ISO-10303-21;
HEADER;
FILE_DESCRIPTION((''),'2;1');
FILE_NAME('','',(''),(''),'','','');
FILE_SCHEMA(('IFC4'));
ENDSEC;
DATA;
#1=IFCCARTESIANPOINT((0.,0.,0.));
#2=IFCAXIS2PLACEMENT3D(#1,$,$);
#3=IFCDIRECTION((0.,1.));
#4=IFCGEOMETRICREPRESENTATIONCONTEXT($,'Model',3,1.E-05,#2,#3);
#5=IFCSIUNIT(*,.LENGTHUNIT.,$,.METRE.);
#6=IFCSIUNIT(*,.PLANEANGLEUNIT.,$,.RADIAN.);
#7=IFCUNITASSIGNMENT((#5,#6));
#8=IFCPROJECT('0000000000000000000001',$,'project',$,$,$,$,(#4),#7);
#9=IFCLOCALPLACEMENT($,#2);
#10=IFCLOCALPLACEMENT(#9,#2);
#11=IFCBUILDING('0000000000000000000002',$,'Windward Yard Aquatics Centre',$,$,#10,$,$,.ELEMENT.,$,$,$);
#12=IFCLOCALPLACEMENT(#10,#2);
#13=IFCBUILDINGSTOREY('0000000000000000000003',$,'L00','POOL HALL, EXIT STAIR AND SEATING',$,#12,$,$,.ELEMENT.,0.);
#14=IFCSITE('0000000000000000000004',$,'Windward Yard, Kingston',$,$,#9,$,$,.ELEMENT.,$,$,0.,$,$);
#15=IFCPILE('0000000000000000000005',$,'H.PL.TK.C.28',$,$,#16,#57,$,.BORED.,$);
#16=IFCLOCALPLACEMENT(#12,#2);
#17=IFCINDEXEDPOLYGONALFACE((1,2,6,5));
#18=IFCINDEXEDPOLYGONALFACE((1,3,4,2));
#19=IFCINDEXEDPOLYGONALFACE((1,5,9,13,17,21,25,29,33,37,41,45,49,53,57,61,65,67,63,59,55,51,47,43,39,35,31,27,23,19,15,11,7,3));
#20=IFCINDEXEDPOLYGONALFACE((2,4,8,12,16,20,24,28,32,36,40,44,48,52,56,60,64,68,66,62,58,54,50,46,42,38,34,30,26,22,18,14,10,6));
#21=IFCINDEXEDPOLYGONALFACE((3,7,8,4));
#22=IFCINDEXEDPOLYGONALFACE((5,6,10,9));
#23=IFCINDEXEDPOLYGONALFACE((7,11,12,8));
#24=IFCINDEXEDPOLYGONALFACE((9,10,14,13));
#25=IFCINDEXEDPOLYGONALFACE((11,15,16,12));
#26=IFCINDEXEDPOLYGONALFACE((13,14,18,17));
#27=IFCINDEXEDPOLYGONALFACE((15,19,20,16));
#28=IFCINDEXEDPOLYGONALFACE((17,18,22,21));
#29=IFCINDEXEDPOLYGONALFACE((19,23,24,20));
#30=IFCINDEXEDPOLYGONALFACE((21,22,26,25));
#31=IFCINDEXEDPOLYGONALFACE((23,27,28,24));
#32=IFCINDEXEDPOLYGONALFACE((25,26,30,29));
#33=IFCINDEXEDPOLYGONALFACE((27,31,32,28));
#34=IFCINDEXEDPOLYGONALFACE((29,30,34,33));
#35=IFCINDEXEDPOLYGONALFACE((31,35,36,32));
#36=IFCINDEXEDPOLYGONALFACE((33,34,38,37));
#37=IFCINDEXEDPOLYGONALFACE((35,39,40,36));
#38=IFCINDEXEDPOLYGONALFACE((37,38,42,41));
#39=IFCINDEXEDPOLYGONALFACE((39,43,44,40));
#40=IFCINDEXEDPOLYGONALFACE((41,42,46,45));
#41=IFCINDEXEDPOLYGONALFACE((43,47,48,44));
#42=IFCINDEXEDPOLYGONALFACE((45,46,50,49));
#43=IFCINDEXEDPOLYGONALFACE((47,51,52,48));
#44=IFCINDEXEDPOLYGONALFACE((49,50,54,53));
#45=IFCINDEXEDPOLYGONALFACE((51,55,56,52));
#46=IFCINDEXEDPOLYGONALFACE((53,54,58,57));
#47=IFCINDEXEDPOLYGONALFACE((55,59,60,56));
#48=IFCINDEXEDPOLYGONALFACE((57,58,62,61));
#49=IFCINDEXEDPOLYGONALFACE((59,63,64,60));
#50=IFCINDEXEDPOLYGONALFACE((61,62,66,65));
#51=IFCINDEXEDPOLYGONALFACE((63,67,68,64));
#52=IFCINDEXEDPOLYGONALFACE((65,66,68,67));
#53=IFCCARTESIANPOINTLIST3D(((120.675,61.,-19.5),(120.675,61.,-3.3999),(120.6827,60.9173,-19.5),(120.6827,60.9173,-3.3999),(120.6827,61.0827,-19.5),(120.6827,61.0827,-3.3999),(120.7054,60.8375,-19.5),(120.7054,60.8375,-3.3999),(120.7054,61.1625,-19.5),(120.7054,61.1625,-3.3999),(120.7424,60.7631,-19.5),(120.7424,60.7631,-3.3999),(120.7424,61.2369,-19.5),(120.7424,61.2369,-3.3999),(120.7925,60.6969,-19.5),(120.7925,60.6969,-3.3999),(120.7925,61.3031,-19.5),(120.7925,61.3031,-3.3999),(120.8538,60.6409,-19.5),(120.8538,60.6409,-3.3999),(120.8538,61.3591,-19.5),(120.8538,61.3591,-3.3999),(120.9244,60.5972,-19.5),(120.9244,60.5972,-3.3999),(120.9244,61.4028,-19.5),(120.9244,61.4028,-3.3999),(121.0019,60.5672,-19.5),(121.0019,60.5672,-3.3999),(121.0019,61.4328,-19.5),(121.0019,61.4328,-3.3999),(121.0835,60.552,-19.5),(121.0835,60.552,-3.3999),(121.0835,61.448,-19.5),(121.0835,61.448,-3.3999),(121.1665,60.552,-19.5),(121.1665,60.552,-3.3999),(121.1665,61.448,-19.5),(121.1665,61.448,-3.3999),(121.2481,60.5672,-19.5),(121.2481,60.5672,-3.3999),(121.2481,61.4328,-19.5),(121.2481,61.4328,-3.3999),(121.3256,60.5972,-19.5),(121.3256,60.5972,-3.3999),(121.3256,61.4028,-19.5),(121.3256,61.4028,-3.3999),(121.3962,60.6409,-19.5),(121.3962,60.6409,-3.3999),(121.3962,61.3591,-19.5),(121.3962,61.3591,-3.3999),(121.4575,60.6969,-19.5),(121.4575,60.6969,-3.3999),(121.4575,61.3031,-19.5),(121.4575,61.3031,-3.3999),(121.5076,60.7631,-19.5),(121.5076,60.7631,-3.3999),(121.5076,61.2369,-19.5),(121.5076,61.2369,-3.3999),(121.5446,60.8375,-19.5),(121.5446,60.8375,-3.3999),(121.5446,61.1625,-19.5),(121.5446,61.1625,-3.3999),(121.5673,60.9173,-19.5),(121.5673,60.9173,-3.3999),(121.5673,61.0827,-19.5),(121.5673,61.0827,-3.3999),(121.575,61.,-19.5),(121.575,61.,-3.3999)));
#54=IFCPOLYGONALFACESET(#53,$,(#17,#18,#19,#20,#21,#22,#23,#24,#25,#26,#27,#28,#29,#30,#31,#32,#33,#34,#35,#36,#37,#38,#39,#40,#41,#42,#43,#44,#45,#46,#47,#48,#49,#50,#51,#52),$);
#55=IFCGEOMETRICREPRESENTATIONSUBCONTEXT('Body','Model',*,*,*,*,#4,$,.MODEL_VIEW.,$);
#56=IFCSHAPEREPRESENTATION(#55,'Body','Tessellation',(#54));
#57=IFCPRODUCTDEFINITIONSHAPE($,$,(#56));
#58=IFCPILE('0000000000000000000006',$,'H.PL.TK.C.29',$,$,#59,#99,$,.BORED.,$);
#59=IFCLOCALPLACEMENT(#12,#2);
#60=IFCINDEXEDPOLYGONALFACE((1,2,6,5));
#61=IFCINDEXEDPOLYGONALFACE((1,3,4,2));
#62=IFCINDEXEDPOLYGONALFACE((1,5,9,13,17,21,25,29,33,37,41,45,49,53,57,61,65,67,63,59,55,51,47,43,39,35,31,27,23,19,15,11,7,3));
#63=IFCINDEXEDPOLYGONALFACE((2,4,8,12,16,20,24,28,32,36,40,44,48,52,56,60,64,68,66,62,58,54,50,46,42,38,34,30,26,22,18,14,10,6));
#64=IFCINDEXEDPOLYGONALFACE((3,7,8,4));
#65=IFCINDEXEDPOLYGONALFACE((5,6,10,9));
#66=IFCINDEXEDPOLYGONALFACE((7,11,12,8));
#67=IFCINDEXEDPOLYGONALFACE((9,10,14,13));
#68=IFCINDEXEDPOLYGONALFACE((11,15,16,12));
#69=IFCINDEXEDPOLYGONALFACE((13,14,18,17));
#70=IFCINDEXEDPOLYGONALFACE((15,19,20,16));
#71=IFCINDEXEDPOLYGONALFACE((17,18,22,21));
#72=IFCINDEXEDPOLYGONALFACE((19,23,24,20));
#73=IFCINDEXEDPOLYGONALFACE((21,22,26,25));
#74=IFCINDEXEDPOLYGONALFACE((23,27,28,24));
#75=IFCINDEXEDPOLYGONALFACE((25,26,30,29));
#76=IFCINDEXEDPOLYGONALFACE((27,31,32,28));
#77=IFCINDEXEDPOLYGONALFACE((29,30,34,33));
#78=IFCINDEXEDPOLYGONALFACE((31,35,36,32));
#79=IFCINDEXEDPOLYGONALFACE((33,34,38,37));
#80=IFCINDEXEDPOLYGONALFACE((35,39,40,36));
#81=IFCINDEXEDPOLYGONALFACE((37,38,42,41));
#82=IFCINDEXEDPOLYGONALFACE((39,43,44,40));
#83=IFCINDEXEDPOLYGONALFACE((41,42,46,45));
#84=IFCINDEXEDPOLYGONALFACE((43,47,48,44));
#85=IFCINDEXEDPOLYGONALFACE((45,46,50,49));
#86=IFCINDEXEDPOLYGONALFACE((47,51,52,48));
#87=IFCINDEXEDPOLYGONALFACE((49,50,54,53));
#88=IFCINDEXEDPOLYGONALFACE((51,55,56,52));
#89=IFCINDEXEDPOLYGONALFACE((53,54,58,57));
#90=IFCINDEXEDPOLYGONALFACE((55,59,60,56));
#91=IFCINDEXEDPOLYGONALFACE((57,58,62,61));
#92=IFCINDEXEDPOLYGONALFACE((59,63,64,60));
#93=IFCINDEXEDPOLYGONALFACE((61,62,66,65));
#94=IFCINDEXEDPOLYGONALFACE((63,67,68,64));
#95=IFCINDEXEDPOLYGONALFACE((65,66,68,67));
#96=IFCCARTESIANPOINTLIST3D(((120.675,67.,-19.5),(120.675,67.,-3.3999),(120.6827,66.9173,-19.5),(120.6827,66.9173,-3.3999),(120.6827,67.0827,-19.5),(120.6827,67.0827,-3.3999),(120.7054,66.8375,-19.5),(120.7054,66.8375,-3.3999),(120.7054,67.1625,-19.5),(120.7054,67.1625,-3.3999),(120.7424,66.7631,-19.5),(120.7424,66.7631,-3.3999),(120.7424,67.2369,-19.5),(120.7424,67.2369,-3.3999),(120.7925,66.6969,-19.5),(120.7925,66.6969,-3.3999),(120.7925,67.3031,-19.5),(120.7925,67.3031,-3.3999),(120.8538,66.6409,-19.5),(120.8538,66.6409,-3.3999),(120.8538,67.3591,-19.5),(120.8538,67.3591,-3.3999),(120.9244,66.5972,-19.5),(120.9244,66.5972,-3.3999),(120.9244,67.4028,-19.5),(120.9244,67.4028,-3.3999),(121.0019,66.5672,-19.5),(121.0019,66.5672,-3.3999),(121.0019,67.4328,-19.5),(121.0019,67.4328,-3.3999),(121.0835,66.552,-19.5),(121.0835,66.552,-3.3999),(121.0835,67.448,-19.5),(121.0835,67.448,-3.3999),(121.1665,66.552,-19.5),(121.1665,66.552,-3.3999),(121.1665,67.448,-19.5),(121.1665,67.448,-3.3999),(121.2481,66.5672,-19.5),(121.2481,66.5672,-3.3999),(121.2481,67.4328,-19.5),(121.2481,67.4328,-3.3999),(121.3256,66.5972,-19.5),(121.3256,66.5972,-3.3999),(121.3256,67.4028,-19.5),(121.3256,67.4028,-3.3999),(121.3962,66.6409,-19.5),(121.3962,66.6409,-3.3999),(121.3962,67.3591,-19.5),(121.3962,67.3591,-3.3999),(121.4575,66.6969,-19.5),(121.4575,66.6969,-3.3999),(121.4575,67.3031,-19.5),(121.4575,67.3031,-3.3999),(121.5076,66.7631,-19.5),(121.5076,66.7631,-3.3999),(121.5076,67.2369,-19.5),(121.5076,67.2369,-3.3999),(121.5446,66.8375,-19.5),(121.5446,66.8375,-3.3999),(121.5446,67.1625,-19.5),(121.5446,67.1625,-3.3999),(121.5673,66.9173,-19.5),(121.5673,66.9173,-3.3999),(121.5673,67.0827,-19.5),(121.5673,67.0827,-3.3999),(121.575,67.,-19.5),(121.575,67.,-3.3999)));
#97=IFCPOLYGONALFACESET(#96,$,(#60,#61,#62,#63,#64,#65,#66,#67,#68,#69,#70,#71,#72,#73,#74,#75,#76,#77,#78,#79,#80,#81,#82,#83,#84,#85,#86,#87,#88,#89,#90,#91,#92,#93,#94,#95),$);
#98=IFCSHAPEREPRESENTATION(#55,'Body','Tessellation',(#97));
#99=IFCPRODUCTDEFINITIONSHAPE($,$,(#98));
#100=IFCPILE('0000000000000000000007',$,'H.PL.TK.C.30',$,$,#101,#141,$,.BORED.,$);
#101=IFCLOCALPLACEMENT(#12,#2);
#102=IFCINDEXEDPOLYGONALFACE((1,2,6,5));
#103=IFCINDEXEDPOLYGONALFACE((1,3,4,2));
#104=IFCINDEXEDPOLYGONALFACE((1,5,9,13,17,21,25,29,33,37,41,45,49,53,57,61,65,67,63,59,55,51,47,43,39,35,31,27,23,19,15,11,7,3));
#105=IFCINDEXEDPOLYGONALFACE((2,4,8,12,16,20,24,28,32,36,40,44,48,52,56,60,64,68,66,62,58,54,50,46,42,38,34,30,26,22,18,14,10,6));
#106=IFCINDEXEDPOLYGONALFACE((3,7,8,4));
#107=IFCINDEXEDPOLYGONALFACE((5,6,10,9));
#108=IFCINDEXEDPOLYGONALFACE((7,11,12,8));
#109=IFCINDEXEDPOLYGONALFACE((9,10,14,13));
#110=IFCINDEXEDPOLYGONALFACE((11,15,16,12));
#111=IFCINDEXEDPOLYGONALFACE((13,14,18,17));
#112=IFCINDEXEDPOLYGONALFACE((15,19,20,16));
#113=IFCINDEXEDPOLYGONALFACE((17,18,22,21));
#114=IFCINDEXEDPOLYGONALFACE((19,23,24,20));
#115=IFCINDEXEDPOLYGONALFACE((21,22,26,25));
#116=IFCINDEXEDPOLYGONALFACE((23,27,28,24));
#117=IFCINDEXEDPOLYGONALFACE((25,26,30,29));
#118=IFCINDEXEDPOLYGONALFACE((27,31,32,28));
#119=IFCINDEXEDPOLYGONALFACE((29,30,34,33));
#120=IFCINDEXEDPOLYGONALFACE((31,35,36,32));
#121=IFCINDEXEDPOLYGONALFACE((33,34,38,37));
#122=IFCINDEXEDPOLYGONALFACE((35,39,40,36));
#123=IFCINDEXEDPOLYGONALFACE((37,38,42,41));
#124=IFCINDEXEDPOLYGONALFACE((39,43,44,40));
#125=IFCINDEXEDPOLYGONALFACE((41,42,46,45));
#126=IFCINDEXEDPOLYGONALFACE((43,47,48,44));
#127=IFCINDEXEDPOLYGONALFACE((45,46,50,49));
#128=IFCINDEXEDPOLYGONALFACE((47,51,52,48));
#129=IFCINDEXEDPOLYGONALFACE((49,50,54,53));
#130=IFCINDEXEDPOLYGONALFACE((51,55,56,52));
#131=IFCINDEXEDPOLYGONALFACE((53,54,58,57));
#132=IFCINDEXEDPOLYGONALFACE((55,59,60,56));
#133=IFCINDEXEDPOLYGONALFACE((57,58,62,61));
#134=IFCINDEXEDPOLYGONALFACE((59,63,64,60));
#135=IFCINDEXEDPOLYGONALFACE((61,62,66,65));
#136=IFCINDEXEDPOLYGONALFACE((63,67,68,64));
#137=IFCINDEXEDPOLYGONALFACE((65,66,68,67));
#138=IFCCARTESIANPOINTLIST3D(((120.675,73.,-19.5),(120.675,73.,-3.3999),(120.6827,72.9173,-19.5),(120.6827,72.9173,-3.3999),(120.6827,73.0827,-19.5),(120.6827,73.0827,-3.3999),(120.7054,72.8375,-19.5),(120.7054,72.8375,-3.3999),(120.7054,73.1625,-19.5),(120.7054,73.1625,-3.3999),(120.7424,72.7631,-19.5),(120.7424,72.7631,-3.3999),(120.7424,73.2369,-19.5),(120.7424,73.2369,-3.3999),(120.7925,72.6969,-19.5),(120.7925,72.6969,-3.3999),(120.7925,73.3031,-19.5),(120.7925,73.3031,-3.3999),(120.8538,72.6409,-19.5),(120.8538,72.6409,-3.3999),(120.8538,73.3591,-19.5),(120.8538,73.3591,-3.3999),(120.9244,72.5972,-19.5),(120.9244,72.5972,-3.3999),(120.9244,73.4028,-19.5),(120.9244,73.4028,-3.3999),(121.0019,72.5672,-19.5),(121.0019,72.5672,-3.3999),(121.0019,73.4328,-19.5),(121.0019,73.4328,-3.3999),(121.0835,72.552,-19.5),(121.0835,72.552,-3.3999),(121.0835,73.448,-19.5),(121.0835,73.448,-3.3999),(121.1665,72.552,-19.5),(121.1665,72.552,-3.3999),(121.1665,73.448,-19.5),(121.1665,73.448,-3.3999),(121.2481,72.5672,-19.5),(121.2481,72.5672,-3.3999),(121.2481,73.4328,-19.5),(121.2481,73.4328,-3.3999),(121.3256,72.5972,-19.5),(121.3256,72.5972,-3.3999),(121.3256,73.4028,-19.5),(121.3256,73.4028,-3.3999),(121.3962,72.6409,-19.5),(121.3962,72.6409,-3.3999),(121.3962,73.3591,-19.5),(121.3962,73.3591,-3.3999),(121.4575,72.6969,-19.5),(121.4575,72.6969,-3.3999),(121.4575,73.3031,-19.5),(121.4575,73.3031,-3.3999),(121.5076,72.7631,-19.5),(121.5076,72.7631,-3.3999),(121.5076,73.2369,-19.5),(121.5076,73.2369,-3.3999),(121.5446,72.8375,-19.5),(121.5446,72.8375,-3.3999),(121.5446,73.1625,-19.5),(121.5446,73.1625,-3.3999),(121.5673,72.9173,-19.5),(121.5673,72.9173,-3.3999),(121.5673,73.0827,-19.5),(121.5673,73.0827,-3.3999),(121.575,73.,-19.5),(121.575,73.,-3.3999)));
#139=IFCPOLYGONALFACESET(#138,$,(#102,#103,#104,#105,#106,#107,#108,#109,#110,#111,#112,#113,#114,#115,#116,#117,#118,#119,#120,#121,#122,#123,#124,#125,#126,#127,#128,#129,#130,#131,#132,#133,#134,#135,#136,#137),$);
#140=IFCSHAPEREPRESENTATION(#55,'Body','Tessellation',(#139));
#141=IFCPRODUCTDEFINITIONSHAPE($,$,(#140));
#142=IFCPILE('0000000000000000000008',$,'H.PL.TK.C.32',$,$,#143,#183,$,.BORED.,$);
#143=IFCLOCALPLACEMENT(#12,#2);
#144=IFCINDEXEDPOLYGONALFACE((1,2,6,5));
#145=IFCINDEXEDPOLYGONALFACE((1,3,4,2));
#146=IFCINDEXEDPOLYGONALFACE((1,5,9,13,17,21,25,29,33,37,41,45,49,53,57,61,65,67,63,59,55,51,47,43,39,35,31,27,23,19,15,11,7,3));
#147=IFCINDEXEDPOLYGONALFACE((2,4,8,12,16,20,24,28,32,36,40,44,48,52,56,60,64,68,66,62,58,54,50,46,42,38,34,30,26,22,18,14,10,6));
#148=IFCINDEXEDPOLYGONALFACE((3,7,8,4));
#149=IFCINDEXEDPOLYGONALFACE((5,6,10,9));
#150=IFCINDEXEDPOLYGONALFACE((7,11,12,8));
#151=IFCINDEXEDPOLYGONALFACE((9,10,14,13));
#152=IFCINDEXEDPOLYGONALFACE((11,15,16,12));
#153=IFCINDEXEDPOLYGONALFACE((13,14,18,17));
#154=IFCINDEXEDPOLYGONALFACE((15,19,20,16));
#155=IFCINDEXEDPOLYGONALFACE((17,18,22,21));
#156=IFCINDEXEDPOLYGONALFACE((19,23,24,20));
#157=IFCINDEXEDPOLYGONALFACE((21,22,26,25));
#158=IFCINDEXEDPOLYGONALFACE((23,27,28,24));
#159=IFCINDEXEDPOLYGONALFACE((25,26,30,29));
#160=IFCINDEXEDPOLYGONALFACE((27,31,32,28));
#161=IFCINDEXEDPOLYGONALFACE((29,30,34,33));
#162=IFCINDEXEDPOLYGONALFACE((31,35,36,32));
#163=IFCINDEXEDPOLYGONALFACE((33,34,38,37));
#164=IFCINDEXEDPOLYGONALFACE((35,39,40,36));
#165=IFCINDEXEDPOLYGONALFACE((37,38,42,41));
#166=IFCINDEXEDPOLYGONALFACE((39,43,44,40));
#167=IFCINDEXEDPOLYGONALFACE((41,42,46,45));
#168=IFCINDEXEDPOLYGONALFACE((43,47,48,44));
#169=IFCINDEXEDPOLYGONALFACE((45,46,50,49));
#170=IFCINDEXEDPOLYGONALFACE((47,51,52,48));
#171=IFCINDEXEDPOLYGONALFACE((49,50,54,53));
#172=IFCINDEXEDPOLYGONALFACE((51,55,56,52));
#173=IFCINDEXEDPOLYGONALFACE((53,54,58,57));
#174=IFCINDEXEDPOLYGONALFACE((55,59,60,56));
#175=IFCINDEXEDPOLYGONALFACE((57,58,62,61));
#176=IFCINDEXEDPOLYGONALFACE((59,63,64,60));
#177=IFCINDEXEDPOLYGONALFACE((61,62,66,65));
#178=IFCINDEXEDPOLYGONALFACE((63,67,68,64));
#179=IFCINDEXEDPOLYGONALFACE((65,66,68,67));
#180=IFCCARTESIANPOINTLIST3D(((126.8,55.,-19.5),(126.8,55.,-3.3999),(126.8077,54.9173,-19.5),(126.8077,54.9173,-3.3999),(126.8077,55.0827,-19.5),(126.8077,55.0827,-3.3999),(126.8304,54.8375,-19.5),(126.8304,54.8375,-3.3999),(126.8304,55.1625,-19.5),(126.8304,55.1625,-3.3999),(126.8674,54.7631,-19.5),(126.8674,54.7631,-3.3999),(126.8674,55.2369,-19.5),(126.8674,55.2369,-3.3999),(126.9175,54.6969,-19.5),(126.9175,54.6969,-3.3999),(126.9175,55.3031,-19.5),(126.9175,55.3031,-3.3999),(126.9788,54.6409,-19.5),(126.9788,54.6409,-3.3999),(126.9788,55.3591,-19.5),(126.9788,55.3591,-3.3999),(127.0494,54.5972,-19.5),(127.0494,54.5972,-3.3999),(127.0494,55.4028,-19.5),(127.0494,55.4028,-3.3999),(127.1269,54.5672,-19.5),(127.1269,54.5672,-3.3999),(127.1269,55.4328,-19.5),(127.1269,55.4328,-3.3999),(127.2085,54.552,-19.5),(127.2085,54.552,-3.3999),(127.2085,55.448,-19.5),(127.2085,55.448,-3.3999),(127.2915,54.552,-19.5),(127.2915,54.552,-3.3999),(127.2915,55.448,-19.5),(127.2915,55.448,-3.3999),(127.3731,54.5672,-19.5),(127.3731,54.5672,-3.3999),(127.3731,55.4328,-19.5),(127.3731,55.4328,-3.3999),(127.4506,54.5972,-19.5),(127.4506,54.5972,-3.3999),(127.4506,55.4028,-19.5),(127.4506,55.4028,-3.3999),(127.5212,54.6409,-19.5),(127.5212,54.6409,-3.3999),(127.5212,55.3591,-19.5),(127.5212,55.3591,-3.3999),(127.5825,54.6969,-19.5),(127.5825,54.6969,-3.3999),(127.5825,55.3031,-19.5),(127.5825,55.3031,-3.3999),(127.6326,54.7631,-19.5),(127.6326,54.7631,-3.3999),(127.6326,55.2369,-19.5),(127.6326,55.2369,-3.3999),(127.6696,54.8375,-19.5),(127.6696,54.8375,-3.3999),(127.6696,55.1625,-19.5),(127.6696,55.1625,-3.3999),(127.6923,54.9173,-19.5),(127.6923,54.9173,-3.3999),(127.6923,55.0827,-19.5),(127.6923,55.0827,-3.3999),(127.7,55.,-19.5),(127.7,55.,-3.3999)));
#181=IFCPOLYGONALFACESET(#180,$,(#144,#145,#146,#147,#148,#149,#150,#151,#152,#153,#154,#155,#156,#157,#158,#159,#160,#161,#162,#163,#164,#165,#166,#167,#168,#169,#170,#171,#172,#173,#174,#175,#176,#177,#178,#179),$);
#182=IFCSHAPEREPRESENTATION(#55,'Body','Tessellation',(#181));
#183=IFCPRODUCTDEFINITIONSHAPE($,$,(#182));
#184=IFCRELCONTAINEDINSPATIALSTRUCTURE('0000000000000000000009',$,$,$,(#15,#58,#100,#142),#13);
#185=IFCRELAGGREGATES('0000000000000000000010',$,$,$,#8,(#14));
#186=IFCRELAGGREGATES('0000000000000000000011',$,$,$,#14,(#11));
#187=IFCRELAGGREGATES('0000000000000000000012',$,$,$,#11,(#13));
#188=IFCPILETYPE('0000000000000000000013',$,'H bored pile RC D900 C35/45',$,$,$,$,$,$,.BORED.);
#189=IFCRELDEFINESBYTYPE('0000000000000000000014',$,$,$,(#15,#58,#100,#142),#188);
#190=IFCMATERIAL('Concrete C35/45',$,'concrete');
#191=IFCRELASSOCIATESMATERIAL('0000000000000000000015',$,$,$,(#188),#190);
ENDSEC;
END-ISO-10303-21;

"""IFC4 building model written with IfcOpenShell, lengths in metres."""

from ifc_helpers import new_model, si_unit, direction, frame, origin, origin_2d, place, context, subcontext, project, spatial, circle, extrude, material, material_profile, profile_set, type_object, element, save


model = new_model("IFC4")

# Units and contexts
model_context = context("Model", 3, precision=1e-05, world=origin(), true_north=direction((0.0, 1.0)))
body_context = subcontext(model_context, "Body", "Model", "MODEL_VIEW")
ifc_project = project(units=[si_unit("LENGTHUNIT", "METRE"), si_unit("PLANEANGLEUNIT", "RADIAN")], contexts=[model_context])

# Site, building, storey
site_placement = place(None, origin())
site = spatial("IfcSite", under=ifc_project, at=site_placement, Name="Windward Yard, Kingston", CompositionType="ELEMENT", RefElevation=0.0)
building_placement = place(site_placement, origin())
building = spatial("IfcBuilding", under=site, at=building_placement, Name="Windward Yard Aquatics Centre", CompositionType="ELEMENT")
storey_placement = place(building_placement, origin())
storey = spatial("IfcBuildingStorey", under=building, at=storey_placement, Name="L00", Description="POOL HALL, EXIT STAIR AND SEATING", CompositionType="ELEMENT", Elevation=0.0)

# Piles
ifc_material_1 = material(Name="Concrete C35/45", Category="concrete")
ifc_material_profile = material_profile(ifc_material_1, circle(Radius=0.45, at=origin_2d()), Name="RC D900")
ifc_profile_set = profile_set([ifc_material_profile], Name="Concrete C35/45")
pile_type = type_object("IfcPileType", Name="H bored pile RC D900 C35/45", PredefinedType="BORED", material=ifc_profile_set)
for number, where, z_axis, x_axis, name in (
    (1, (121.125, 61.0, -3.3999), (0.0, 0.0, -1.0), (1.0, 0.0, 0.0), "H.PL.TK.C.28"),
    (2, (121.125, 67.0, -3.3999), (0.0, 0.0, -1.0), (1.0, 0.0, 0.0), "H.PL.TK.C.29"),
    (3, (121.125, 73.0, -3.3999), (0.0, 0.0, -1.0), (1.0, 0.0, 0.0), "H.PL.TK.C.30"),
    (4, (127.25, 55.0, -3.3999), (0.0, 0.0, -1.0), (1.0, 0.0, 0.0), "H.PL.TK.C.32"),
):
    element("IfcPile", number, at=place(storey_placement, frame(where, z_axis=z_axis, x_axis=x_axis)), inside=storey, type_object=pile_type, Name=name, PredefinedType="BORED", context=body_context, shape_type="SweptSolid", body=[
        extrude(circle(Radius=0.45, at=origin_2d()), origin(), (0.0, 0.0, 1.0), 16.1001),
    ])

save(model, "model.ifc")
